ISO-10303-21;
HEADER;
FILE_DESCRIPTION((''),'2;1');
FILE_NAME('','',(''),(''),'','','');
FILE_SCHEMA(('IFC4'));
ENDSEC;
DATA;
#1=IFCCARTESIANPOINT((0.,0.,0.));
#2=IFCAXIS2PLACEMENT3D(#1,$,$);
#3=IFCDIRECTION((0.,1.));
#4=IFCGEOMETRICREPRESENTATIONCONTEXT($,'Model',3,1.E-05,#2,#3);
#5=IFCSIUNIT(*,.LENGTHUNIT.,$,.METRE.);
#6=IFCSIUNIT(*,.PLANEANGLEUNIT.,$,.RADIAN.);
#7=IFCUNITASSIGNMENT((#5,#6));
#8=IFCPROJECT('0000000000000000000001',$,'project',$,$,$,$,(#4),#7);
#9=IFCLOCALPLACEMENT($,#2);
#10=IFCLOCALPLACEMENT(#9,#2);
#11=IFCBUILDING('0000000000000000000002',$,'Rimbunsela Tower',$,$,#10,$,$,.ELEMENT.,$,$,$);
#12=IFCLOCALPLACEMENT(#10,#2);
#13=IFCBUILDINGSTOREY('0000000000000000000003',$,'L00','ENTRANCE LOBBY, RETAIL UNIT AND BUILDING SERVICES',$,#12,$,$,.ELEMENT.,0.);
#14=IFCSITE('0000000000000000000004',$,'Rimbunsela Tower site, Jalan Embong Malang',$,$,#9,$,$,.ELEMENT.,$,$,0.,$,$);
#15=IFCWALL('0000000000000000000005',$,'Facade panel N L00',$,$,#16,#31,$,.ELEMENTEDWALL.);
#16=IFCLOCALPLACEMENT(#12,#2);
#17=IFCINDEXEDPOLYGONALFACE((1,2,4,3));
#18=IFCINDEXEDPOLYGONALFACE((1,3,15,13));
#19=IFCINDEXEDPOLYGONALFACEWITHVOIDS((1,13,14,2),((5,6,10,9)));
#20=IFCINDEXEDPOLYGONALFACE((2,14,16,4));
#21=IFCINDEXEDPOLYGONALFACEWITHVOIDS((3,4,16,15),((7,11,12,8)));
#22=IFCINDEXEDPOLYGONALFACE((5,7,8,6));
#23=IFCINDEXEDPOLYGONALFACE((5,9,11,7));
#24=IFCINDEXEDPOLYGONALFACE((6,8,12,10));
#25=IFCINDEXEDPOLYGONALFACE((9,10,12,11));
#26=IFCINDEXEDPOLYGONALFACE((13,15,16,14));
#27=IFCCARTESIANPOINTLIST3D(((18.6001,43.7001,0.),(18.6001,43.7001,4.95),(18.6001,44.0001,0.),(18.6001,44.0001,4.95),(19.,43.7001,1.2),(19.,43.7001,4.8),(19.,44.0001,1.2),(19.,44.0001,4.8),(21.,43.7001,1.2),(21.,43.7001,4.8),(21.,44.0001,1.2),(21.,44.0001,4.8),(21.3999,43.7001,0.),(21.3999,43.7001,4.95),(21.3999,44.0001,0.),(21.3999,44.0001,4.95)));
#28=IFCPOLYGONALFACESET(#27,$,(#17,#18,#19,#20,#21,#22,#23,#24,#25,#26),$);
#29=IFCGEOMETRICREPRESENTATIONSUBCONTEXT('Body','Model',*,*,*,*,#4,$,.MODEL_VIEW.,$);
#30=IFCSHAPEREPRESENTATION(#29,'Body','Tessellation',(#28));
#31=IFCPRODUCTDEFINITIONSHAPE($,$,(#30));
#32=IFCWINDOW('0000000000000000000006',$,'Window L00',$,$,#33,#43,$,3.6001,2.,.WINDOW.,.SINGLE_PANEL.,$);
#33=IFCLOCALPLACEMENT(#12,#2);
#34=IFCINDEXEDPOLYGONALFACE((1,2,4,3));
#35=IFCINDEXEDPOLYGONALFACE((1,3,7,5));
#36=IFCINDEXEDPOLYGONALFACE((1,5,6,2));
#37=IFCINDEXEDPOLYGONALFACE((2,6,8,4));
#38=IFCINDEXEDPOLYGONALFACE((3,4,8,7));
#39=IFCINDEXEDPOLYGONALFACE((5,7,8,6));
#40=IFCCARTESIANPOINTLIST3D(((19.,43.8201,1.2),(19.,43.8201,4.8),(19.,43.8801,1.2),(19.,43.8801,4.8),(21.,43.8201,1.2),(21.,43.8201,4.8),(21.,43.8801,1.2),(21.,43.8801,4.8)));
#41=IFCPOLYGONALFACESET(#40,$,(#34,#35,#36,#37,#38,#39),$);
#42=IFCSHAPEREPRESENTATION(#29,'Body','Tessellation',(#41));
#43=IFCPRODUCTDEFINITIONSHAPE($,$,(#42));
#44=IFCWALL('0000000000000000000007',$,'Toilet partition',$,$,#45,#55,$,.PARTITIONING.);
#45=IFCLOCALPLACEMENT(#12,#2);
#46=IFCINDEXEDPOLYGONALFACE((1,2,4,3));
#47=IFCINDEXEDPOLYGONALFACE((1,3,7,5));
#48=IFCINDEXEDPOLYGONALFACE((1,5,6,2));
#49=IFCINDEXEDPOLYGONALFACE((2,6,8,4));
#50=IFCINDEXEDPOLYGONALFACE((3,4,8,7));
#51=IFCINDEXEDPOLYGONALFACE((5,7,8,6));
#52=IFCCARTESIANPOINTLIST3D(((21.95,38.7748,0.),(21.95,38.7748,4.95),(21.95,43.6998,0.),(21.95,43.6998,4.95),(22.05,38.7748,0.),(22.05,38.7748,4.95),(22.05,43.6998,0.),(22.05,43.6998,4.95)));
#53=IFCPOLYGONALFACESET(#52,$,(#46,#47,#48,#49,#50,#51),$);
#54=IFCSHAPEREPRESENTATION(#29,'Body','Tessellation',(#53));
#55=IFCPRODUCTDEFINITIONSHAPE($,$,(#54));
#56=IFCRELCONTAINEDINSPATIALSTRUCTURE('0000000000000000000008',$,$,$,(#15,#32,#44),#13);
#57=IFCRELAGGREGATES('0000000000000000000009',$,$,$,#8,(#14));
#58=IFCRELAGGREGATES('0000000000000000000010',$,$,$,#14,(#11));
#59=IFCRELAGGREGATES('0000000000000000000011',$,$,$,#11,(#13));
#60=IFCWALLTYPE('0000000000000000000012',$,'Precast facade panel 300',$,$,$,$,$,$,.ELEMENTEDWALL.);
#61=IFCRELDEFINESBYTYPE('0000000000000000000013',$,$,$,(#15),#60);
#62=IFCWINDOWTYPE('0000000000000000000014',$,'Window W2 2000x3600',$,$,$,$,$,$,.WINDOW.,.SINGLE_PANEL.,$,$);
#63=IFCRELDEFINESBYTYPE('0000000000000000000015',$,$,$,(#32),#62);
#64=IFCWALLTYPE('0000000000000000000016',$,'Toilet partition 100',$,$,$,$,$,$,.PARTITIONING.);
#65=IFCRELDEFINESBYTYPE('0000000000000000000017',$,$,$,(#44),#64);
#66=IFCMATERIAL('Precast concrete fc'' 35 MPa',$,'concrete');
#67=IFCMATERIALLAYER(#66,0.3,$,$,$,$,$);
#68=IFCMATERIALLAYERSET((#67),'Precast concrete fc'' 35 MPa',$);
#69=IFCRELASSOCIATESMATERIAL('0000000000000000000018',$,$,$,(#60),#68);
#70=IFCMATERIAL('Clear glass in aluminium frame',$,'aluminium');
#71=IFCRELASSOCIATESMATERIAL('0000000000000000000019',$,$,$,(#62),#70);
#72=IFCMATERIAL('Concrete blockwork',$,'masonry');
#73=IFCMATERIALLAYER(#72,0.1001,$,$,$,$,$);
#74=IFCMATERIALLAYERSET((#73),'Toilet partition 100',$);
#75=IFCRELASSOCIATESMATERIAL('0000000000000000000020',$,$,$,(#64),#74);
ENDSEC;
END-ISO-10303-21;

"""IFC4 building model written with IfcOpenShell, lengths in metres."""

from ifc_helpers import new_model, si_unit, direction, frame, frame_2d, origin, place, context, subcontext, project, spatial, rectangle, extrude, material, layer, layer_set, type_object, element, fill, save


model = new_model("IFC4")

# Units and contexts
model_context = context("Model", 3, precision=1e-05, world=origin(), true_north=direction((0.0, 1.0)))
body_context = subcontext(model_context, "Body", "Model", "MODEL_VIEW")
ifc_project = project(units=[si_unit("LENGTHUNIT", "METRE"), si_unit("PLANEANGLEUNIT", "RADIAN")], contexts=[model_context])

# Site, building, storey
site_placement = place(None, origin())
site = spatial("IfcSite", under=ifc_project, at=site_placement, Name="Rimbunsela Tower site, Jalan Embong Malang", CompositionType="ELEMENT", RefElevation=0.0)
building_placement = place(site_placement, origin())
building = spatial("IfcBuilding", under=site, at=building_placement, Name="Rimbunsela Tower", CompositionType="ELEMENT")
storey_placement = place(building_placement, origin())
storey = spatial("IfcBuildingStorey", under=building, at=storey_placement, Name="L00", Description="ENTRANCE LOBBY, RETAIL UNIT AND BUILDING SERVICES", CompositionType="ELEMENT", Elevation=0.0)

# Shared definitions
ifc_material_1 = material(Name="Precast concrete fc' 35 MPa", Category="concrete")
ifc_layer_1 = layer(ifc_material_1, 0.3)
ifc_layer_set_1 = layer_set([ifc_layer_1], Name="Precast concrete fc' 35 MPa")
wall_type_1 = type_object("IfcWallType", Name="Precast facade panel 300", PredefinedType="ELEMENTEDWALL", material=ifc_layer_set_1)

# Shared definitions
ifc_material_2 = material(Name="Clear glass in aluminium frame", Category="aluminium")
window_type = type_object("IfcWindowType", Name="Window W2 2000x3600", PartitioningType="SINGLE_PANEL", PredefinedType="WINDOW", material=ifc_material_2)

# Wall, opening, window
wall_1_placement = place(storey_placement, frame((21.3999, 43.8501, 0.0), z_axis=(0.0, 0.0, 1.0), x_axis=(-1.0, 0.0, 0.0)))
wall_1 = element("IfcWall", 1, at=wall_1_placement, inside=storey, type_object=wall_type_1, Name="Facade panel N L00", PredefinedType="ELEMENTEDWALL", context=body_context, shape_type="SweptSolid", body=[
    extrude(rectangle(XDim=2.7998, YDim=0.3, at=frame_2d((1.3999, 0.0))), origin(), (0.0, 0.0, 1.0), 4.95),
])
opening_1_placement = place(wall_1_placement, frame((0.3999, 0.0, 1.2)))
opening_1 = element("IfcOpeningElement", 2, at=opening_1_placement, cuts=wall_1, PredefinedType="OPENING", context=body_context, shape_type="SweptSolid", body=[
    extrude(rectangle(XDim=2.0, YDim=3.6001, at=frame_2d((1.0, 1.8))), frame((0.0, 0.1599, 0.0), z_axis=(0.0, -1.0, 0.0), x_axis=(1.0, 0.0, 0.0)), (0.0, 0.0, 1.0), 0.3201),
])
window_1_placement = place(opening_1_placement, origin())
window_1 = element("IfcWindow", 3, at=window_1_placement, inside=storey, type_object=window_type, Name="Window L00", OverallHeight=3.6001, OverallWidth=2.0, PartitioningType="SINGLE_PANEL", PredefinedType="WINDOW", context=body_context, shape_type="SweptSolid", body=[
    extrude(rectangle(XDim=2.0, YDim=3.6001, at=frame_2d((1.0, 1.8))), frame((0.0, 0.03, 0.0), z_axis=(0.0, -1.0, 0.0), x_axis=(1.0, 0.0, 0.0)), (0.0, 0.0, 1.0), 0.0601),
])
fill(opening_1, window_1)

# Wall
ifc_material_3 = material(Name="Concrete blockwork", Category="masonry")
ifc_layer_2 = layer(ifc_material_3, 0.1001)
ifc_layer_set_2 = layer_set([ifc_layer_2], Name="Toilet partition 100")
wall_type_2 = type_object("IfcWallType", Name="Toilet partition 100", PredefinedType="PARTITIONING", material=ifc_layer_set_2)
wall_2_placement = place(storey_placement, frame((22.0, 38.7749, 0.0), z_axis=(0.0, 0.0, 1.0), x_axis=(0.0, 1.0, 0.0)))
element("IfcWall", 4, at=wall_2_placement, inside=storey, type_object=wall_type_2, Name="Toilet partition", PredefinedType="PARTITIONING", context=body_context, shape_type="SweptSolid", body=[
    extrude(rectangle(XDim=4.925, YDim=0.1001, at=frame_2d((2.4624, 0.0))), origin(), (0.0, 0.0, 1.0), 4.95),
])

save(model, "model.ifc")
